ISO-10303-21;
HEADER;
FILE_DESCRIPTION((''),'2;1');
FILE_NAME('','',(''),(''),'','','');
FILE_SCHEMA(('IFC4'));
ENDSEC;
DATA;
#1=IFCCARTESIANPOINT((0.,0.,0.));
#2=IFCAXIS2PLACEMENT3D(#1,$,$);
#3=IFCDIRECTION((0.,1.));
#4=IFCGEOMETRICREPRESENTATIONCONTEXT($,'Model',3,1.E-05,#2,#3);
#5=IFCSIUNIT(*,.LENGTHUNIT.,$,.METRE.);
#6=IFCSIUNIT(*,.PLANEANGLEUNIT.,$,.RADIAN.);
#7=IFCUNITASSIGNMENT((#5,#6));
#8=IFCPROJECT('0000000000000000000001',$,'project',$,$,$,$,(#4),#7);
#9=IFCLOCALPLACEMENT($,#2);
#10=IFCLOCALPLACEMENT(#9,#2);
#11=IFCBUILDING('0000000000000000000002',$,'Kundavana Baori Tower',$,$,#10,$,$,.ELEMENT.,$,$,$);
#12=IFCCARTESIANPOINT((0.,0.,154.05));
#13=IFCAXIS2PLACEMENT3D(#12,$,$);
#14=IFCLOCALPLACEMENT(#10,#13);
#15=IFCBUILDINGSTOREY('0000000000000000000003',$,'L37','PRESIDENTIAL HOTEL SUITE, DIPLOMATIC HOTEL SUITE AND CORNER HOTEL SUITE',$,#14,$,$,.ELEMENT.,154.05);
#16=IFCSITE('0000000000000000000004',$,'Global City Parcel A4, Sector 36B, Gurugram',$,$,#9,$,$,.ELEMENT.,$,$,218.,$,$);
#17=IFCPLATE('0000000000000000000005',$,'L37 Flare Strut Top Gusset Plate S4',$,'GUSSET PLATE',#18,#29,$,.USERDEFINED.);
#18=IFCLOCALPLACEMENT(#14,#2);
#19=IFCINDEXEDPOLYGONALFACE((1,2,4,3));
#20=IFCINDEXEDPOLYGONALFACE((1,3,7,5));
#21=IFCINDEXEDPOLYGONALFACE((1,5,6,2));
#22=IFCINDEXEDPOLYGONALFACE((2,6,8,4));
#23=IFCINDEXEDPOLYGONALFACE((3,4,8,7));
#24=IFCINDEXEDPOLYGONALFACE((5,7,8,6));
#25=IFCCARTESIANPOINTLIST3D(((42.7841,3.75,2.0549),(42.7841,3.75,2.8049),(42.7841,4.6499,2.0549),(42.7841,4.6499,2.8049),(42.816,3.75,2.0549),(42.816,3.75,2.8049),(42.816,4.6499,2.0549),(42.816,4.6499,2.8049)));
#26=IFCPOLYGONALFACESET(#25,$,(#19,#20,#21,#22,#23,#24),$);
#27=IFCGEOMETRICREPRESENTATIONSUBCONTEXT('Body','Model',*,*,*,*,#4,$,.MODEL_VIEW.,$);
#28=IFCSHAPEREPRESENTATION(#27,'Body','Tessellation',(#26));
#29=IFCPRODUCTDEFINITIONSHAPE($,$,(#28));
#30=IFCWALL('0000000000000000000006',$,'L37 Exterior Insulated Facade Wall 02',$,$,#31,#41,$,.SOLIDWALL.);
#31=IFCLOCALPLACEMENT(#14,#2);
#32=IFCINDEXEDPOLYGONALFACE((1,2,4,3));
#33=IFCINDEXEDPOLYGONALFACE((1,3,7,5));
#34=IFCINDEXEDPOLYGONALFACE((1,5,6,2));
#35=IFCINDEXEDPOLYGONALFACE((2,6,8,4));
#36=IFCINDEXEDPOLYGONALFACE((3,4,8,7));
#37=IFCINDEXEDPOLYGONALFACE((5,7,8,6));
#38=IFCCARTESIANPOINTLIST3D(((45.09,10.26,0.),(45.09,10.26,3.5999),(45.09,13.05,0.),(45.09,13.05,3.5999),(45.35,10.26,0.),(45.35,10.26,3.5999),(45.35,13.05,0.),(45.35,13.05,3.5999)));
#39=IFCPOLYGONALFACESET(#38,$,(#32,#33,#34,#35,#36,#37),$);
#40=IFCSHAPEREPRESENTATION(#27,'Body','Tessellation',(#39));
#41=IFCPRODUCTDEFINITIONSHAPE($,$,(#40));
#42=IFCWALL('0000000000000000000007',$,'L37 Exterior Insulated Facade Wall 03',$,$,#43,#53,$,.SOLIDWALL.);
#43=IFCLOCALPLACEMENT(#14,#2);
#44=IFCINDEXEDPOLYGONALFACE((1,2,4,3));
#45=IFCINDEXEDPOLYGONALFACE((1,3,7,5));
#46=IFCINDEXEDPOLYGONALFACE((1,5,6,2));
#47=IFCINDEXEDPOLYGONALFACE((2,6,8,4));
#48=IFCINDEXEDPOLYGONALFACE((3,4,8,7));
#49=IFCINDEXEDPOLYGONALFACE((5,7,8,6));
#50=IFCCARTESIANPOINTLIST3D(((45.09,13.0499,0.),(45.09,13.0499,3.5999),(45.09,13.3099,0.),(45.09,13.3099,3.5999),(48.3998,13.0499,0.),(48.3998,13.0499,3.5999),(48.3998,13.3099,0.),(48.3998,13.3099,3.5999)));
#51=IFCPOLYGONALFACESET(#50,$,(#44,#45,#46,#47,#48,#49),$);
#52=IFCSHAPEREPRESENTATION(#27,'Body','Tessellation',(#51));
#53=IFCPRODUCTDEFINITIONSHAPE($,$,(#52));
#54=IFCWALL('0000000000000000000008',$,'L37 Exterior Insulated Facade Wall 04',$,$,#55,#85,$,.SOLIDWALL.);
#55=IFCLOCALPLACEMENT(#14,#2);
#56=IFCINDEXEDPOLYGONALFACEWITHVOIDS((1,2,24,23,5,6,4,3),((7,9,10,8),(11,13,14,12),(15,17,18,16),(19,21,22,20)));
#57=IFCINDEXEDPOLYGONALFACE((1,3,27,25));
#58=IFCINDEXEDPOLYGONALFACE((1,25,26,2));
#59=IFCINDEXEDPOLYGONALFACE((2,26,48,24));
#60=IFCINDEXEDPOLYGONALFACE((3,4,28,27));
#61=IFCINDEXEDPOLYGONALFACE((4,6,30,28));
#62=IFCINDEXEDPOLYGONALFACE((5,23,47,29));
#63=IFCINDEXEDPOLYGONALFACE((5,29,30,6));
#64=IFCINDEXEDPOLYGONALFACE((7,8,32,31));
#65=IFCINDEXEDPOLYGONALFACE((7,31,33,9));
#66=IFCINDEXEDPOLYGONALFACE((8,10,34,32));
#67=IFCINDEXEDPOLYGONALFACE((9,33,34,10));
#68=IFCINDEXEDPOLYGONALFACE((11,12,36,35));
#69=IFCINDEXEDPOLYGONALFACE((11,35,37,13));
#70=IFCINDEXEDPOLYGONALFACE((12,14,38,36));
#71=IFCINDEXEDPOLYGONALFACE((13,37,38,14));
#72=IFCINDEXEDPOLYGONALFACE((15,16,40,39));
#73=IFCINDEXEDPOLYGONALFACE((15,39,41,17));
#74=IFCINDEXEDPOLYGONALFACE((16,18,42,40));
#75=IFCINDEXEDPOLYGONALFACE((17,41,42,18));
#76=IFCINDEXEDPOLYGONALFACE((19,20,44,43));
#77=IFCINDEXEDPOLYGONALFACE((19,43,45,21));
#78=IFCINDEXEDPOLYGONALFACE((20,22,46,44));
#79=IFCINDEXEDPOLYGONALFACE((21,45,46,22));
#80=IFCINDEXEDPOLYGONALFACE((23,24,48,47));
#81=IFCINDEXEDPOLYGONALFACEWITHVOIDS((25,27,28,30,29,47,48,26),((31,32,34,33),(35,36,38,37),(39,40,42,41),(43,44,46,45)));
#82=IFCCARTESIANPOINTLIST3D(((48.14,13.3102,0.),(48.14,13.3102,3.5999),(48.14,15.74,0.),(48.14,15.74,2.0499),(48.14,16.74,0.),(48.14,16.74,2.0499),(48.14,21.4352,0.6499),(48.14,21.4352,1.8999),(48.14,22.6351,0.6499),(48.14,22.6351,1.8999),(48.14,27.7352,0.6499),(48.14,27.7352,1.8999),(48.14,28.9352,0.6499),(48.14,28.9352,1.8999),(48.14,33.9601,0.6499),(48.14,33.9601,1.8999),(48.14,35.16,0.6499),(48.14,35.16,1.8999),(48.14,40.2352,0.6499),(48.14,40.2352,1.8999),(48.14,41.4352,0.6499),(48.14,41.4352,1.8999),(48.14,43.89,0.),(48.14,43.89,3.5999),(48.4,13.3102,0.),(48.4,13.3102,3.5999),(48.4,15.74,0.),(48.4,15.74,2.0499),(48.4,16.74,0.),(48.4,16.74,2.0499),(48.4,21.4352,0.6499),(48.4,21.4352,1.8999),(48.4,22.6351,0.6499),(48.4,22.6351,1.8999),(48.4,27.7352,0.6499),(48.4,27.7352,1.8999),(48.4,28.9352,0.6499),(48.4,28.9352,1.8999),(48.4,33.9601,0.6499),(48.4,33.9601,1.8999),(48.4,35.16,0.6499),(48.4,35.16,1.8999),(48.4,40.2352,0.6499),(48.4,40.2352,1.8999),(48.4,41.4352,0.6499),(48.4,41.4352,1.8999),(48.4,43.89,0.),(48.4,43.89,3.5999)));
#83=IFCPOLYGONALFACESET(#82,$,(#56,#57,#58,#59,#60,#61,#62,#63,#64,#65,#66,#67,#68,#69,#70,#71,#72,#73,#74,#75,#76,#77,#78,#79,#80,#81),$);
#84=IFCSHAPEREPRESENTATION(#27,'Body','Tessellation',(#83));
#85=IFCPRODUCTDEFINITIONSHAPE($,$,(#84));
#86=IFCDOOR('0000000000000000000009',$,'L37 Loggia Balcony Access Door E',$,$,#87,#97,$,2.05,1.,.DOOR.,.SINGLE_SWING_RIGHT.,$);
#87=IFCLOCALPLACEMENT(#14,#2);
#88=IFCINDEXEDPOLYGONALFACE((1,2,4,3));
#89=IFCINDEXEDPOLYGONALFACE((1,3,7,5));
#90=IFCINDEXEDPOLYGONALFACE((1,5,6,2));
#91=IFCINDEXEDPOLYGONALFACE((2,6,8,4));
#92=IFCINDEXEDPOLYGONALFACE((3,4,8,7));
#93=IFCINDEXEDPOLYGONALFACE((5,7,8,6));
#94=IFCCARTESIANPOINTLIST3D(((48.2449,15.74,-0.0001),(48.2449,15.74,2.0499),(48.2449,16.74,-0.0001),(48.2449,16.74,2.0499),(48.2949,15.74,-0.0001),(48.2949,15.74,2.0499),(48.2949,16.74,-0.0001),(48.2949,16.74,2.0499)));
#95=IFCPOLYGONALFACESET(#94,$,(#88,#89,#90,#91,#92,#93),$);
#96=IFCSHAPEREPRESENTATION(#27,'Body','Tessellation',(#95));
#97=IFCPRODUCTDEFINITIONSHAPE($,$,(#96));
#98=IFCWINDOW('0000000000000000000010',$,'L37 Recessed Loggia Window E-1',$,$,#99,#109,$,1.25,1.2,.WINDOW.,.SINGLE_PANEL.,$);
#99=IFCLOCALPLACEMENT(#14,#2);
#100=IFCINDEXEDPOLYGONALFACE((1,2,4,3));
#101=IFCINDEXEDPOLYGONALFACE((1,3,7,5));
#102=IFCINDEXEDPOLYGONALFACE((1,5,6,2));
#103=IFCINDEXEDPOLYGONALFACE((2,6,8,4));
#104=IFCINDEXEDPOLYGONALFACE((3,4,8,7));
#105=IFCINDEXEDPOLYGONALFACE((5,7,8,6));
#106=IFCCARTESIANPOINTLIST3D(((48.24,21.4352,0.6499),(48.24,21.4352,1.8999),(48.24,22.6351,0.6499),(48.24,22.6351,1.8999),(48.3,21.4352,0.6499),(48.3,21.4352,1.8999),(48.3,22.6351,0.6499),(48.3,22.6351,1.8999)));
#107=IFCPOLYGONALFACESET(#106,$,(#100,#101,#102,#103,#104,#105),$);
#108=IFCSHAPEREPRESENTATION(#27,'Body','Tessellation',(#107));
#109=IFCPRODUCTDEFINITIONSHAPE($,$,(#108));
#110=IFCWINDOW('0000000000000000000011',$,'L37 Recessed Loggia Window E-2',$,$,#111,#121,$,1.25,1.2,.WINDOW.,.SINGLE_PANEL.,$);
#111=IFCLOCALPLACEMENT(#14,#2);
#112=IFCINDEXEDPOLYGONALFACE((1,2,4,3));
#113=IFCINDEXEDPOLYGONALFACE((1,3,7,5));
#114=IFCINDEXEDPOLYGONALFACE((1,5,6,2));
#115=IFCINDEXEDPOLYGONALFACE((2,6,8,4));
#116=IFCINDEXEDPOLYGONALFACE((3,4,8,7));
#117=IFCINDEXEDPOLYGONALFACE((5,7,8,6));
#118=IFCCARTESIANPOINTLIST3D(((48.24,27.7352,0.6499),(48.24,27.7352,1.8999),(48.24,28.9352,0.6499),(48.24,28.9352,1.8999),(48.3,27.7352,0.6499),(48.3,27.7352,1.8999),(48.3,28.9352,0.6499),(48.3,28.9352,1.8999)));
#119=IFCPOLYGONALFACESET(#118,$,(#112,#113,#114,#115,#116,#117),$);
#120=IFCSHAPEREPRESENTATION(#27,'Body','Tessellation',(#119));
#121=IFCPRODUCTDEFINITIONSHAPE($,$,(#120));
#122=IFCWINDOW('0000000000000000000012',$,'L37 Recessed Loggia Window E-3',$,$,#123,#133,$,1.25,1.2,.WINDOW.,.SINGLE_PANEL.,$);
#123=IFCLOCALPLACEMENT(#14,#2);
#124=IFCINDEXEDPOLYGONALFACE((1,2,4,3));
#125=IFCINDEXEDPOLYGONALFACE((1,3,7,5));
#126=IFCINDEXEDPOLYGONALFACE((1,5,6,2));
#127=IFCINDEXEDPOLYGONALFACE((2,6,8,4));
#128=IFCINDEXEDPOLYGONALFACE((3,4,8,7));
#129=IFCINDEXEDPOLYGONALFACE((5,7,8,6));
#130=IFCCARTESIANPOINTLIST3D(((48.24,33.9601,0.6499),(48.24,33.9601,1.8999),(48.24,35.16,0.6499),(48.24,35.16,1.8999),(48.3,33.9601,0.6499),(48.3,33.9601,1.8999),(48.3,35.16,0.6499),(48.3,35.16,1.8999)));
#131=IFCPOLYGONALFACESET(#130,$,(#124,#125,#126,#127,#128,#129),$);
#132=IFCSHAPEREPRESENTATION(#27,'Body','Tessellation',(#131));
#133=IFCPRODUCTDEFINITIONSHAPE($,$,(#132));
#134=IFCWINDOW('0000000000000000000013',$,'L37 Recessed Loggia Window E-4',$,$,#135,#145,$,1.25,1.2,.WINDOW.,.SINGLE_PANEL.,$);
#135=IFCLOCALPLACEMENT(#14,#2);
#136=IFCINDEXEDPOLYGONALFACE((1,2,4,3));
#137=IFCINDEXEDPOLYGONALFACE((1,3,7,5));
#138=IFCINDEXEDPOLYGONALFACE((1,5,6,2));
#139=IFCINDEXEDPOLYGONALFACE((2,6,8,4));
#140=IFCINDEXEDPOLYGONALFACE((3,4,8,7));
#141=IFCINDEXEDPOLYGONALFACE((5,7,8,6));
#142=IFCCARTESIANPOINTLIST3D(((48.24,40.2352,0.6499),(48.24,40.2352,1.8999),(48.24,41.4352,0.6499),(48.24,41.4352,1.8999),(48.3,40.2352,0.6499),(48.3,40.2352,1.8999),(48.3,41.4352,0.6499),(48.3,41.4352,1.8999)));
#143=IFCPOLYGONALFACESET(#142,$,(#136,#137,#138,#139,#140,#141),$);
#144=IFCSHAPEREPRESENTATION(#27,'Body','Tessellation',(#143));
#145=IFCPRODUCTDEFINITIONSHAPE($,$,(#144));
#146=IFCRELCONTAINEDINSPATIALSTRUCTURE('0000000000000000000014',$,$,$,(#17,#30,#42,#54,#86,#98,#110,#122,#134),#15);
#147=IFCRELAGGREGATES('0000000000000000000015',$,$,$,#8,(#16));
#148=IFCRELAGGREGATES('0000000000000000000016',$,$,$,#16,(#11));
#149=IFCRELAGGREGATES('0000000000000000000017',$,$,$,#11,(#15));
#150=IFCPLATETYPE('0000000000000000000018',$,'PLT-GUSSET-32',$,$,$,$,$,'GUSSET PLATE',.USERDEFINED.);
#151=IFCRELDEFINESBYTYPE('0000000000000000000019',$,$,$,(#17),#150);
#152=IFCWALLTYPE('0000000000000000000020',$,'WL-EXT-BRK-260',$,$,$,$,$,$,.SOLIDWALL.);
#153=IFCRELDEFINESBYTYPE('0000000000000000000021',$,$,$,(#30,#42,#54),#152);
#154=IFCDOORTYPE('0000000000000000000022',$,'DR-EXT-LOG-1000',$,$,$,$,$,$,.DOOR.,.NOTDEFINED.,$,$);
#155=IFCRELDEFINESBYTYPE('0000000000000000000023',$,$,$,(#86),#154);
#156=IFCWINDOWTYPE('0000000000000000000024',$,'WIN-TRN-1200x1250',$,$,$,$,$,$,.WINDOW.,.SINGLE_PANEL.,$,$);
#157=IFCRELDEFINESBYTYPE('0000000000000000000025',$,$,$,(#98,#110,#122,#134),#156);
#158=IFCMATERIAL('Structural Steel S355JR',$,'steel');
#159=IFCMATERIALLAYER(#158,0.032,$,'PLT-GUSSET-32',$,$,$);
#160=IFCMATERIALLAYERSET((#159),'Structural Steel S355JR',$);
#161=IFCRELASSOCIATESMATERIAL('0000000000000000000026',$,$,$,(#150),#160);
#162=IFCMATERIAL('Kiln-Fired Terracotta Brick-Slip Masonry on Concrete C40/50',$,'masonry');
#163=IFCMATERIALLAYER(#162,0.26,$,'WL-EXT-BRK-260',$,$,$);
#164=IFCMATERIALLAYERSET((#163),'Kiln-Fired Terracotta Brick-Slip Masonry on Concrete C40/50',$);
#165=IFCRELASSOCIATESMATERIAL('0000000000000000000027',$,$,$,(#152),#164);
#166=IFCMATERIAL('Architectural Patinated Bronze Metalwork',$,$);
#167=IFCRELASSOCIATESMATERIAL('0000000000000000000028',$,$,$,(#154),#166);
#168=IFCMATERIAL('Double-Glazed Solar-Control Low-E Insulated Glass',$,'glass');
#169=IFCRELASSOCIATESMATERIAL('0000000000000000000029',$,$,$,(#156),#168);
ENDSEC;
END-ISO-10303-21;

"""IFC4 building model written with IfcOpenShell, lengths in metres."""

from ifc_helpers import new_model, si_unit, direction, frame, frame_2d, origin, origin_2d, place, context, subcontext, project, spatial, rectangle, extrude, material, layer, layer_set, type_object, element, fill, save


model = new_model("IFC4")

# Units and contexts
model_context = context("Model", 3, precision=1e-05, world=origin(), true_north=direction((0.0, 1.0)))
body_context = subcontext(model_context, "Body", "Model", "MODEL_VIEW")
ifc_project = project(units=[si_unit("LENGTHUNIT", "METRE"), si_unit("PLANEANGLEUNIT", "RADIAN")], contexts=[model_context])

# Site, building, storey
site_placement = place(None, origin())
site = spatial("IfcSite", under=ifc_project, at=site_placement, Name="Global City Parcel A4, Sector 36B, Gurugram", CompositionType="ELEMENT", RefElevation=218.0)
building_placement = place(site_placement, origin())
building = spatial("IfcBuilding", under=site, at=building_placement, Name="Kundavana Baori Tower", CompositionType="ELEMENT")
storey_placement = place(building_placement, frame((0.0, 0.0, 154.05)))
storey = spatial("IfcBuildingStorey", under=building, at=storey_placement, Name="L37", Description="PRESIDENTIAL HOTEL SUITE, DIPLOMATIC HOTEL SUITE AND CORNER HOTEL SUITE", CompositionType="ELEMENT", Elevation=154.05)

# Plate
ifc_material_1 = material(Name="Structural Steel S355JR", Category="steel")
ifc_layer_1 = layer(ifc_material_1, 0.032, Name="PLT-GUSSET-32")
ifc_layer_set_1 = layer_set([ifc_layer_1], Name="Structural Steel S355JR")
plate_type = type_object("IfcPlateType", Name="PLT-GUSSET-32", ElementType="GUSSET PLATE", PredefinedType="USERDEFINED", material=ifc_layer_set_1)
for number, where, z_axis, x_axis, name in (
    (1, (42.8, 4.2, 2.0549), (0.0, 0.0, 1.0), (1.0, 0.0, 0.0), "L37 Flare Strut Top Gusset Plate S4"),
):
    element("IfcPlate", number, at=place(storey_placement, frame(where, z_axis=z_axis, x_axis=x_axis)), inside=storey, type_object=plate_type, Name=name, ObjectType="GUSSET PLATE", PredefinedType="USERDEFINED", context=body_context, shape_type="SweptSolid", body=[
        extrude(rectangle(XDim=0.032, YDim=0.8999, at=origin_2d()), origin(), (0.0, 0.0, 1.0), 0.75),
    ])

# Walls
ifc_material_2 = material(Name="Kiln-Fired Terracotta Brick-Slip Masonry on Concrete C40/50", Category="masonry")
ifc_layer_2 = layer(ifc_material_2, 0.26, Name="WL-EXT-BRK-260")
ifc_layer_set_2 = layer_set([ifc_layer_2], Name="Kiln-Fired Terracotta Brick-Slip Masonry on Concrete C40/50")
wall_type_1 = type_object("IfcWallType", Name="WL-EXT-BRK-260", PredefinedType="SOLIDWALL", material=ifc_layer_set_2)
wall_1_placement = place(storey_placement, frame((45.22, 10.26, 0.0), z_axis=(0.0, 0.0, 1.0), x_axis=(0.0, 1.0, 0.0)))
element("IfcWall", 2, at=wall_1_placement, inside=storey, type_object=wall_type_1, Name="L37 Exterior Insulated Facade Wall 02", PredefinedType="SOLIDWALL", context=body_context, shape_type="SweptSolid", body=[
    extrude(rectangle(XDim=2.79, YDim=0.26, at=frame_2d((1.395, 0.0))), origin(), (0.0, 0.0, 1.0), 3.5999),
])
wall_2_placement = place(storey_placement, frame((45.0901, 13.1799, 0.0), z_axis=(0.0, 0.0, 1.0), x_axis=(1.0, 0.0, 0.0)))
element("IfcWall", 3, at=wall_2_placement, inside=storey, type_object=wall_type_1, Name="L37 Exterior Insulated Facade Wall 03", PredefinedType="SOLIDWALL", context=body_context, shape_type="SweptSolid", body=[
    extrude(rectangle(XDim=3.3098, YDim=0.26, at=frame_2d((1.6548, 0.0))), origin(), (0.0, 0.0, 1.0), 3.5999),
])

# Wall, openings, door, windows
wall_3_placement = place(storey_placement, frame((48.27, 13.3101, 0.0), z_axis=(0.0, 0.0, 1.0), x_axis=(0.0, 1.0, 0.0)))
wall_3 = element("IfcWall", 4, at=wall_3_placement, inside=storey, type_object=wall_type_1, Name="L37 Exterior Insulated Facade Wall 04", PredefinedType="SOLIDWALL", context=body_context, shape_type="SweptSolid", body=[
    extrude(rectangle(XDim=30.5798, YDim=0.26, at=frame_2d((15.29, 0.0))), origin(), (0.0, 0.0, 1.0), 3.5999),
])
opening_1_placement = place(wall_3_placement, frame((2.4299, 0.0, 0.0)))
opening_1 = element("IfcOpeningElement", 5, at=opening_1_placement, cuts=wall_3, PredefinedType="OPENING", context=body_context, shape_type="SweptSolid", body=[
    extrude(rectangle(XDim=1.0, YDim=2.05, at=frame_2d((0.5, 1.0249))), frame((0.0, 0.1401, 0.0), z_axis=(0.0, -1.0, 0.0), x_axis=(1.0, 0.0, 0.0)), (0.0, 0.0, 1.0), 0.28),
])
opening_2_placement = place(wall_3_placement, frame((8.125, 0.0, 0.6499)))
opening_2 = element("IfcOpeningElement", 6, at=opening_2_placement, cuts=wall_3, PredefinedType="OPENING", context=body_context, shape_type="SweptSolid", body=[
    extrude(rectangle(XDim=1.2, YDim=1.25, at=frame_2d((0.6001, 0.625))), frame((0.0, 0.1401, 0.0), z_axis=(0.0, -1.0, 0.0), x_axis=(1.0, 0.0, 0.0)), (0.0, 0.0, 1.0), 0.28),
])
opening_3_placement = place(wall_3_placement, frame((14.425, 0.0, 0.6499)))
opening_3 = element("IfcOpeningElement", 7, at=opening_3_placement, cuts=wall_3, PredefinedType="OPENING", context=body_context, shape_type="SweptSolid", body=[
    extrude(rectangle(XDim=1.2, YDim=1.25, at=frame_2d((0.6001, 0.625))), frame((0.0, 0.1401, 0.0), z_axis=(0.0, -1.0, 0.0), x_axis=(1.0, 0.0, 0.0)), (0.0, 0.0, 1.0), 0.28),
])
opening_4_placement = place(wall_3_placement, frame((20.6499, 0.0, 0.6499)))
opening_4 = element("IfcOpeningElement", 8, at=opening_4_placement, cuts=wall_3, PredefinedType="OPENING", context=body_context, shape_type="SweptSolid", body=[
    extrude(rectangle(XDim=1.2, YDim=1.25, at=frame_2d((0.6001, 0.625))), frame((0.0, 0.1401, 0.0), z_axis=(0.0, -1.0, 0.0), x_axis=(1.0, 0.0, 0.0)), (0.0, 0.0, 1.0), 0.28),
])
opening_5_placement = place(wall_3_placement, frame((26.925, 0.0, 0.6499)))
opening_5 = element("IfcOpeningElement", 9, at=opening_5_placement, cuts=wall_3, PredefinedType="OPENING", context=body_context, shape_type="SweptSolid", body=[
    extrude(rectangle(XDim=1.2, YDim=1.25, at=frame_2d((0.6001, 0.625))), frame((0.0, 0.1401, 0.0), z_axis=(0.0, -1.0, 0.0), x_axis=(1.0, 0.0, 0.0)), (0.0, 0.0, 1.0), 0.28),
])
ifc_material_3 = material(Name="Architectural Patinated Bronze Metalwork")
door_type_1 = type_object("IfcDoorType", Name="DR-EXT-LOG-1000", OperationType="NOTDEFINED", PredefinedType="DOOR", material=ifc_material_3)
door_1_placement = place(opening_1_placement, frame((1.0, 0.0, 0.0), z_axis=(0.0, 0.0, 1.0), x_axis=(-1.0, 0.0, 0.0)))
door_1 = element("IfcDoor", 10, at=door_1_placement, inside=storey, type_object=door_type_1, Name="L37 Loggia Balcony Access Door E", OperationType="SINGLE_SWING_RIGHT", OverallHeight=2.05, OverallWidth=1.0, PredefinedType="DOOR", context=body_context, shape_type="SweptSolid", body=[
    extrude(rectangle(XDim=1.0, YDim=2.05, at=frame_2d((0.5, 1.0249))), frame((0.0, 0.0249, 0.0), z_axis=(0.0, -1.0, 0.0), x_axis=(1.0, 0.0, 0.0)), (0.0, 0.0, 1.0), 0.05),
])
fill(opening_1, door_1)
ifc_material_4 = material(Name="Double-Glazed Solar-Control Low-E Insulated Glass", Category="glass")
window_type = type_object("IfcWindowType", Name="WIN-TRN-1200x1250", PartitioningType="SINGLE_PANEL", PredefinedType="WINDOW", material=ifc_material_4)
window_1_placement = place(opening_2_placement, origin())
window_1 = element("IfcWindow", 11, at=window_1_placement, inside=storey, type_object=window_type, Name="L37 Recessed Loggia Window E-1", OverallHeight=1.25, OverallWidth=1.2, PartitioningType="SINGLE_PANEL", PredefinedType="WINDOW", context=body_context, shape_type="SweptSolid", body=[
    extrude(rectangle(XDim=1.2, YDim=1.25, at=frame_2d((0.6001, 0.625))), frame((0.0, 0.03, 0.0), z_axis=(0.0, -1.0, 0.0), x_axis=(1.0, 0.0, 0.0)), (0.0, 0.0, 1.0), 0.0601),
])
fill(opening_2, window_1)
window_2_placement = place(opening_3_placement, origin())
window_2 = element("IfcWindow", 12, at=window_2_placement, inside=storey, type_object=window_type, Name="L37 Recessed Loggia Window E-2", OverallHeight=1.25, OverallWidth=1.2, PartitioningType="SINGLE_PANEL", PredefinedType="WINDOW", context=body_context, shape_type="SweptSolid", body=[
    extrude(rectangle(XDim=1.2, YDim=1.25, at=frame_2d((0.6001, 0.625))), frame((0.0, 0.03, 0.0), z_axis=(0.0, -1.0, 0.0), x_axis=(1.0, 0.0, 0.0)), (0.0, 0.0, 1.0), 0.0601),
])
fill(opening_3, window_2)
window_3_placement = place(opening_4_placement, origin())
window_3 = element("IfcWindow", 13, at=window_3_placement, inside=storey, type_object=window_type, Name="L37 Recessed Loggia Window E-3", OverallHeight=1.25, OverallWidth=1.2, PartitioningType="SINGLE_PANEL", PredefinedType="WINDOW", context=body_context, shape_type="SweptSolid", body=[
    extrude(rectangle(XDim=1.2, YDim=1.25, at=frame_2d((0.6001, 0.625))), frame((0.0, 0.03, 0.0), z_axis=(0.0, -1.0, 0.0), x_axis=(1.0, 0.0, 0.0)), (0.0, 0.0, 1.0), 0.0601),
])
fill(opening_4, window_3)
window_4_placement = place(opening_5_placement, origin())
window_4 = element("IfcWindow", 14, at=window_4_placement, inside=storey, type_object=window_type, Name="L37 Recessed Loggia Window E-4", OverallHeight=1.25, OverallWidth=1.2, PartitioningType="SINGLE_PANEL", PredefinedType="WINDOW", context=body_context, shape_type="SweptSolid", body=[
    extrude(rectangle(XDim=1.2, YDim=1.25, at=frame_2d((0.6001, 0.625))), frame((0.0, 0.03, 0.0), z_axis=(0.0, -1.0, 0.0), x_axis=(1.0, 0.0, 0.0)), (0.0, 0.0, 1.0), 0.0601),
])
fill(opening_5, window_4)

save(model, "model.ifc")
